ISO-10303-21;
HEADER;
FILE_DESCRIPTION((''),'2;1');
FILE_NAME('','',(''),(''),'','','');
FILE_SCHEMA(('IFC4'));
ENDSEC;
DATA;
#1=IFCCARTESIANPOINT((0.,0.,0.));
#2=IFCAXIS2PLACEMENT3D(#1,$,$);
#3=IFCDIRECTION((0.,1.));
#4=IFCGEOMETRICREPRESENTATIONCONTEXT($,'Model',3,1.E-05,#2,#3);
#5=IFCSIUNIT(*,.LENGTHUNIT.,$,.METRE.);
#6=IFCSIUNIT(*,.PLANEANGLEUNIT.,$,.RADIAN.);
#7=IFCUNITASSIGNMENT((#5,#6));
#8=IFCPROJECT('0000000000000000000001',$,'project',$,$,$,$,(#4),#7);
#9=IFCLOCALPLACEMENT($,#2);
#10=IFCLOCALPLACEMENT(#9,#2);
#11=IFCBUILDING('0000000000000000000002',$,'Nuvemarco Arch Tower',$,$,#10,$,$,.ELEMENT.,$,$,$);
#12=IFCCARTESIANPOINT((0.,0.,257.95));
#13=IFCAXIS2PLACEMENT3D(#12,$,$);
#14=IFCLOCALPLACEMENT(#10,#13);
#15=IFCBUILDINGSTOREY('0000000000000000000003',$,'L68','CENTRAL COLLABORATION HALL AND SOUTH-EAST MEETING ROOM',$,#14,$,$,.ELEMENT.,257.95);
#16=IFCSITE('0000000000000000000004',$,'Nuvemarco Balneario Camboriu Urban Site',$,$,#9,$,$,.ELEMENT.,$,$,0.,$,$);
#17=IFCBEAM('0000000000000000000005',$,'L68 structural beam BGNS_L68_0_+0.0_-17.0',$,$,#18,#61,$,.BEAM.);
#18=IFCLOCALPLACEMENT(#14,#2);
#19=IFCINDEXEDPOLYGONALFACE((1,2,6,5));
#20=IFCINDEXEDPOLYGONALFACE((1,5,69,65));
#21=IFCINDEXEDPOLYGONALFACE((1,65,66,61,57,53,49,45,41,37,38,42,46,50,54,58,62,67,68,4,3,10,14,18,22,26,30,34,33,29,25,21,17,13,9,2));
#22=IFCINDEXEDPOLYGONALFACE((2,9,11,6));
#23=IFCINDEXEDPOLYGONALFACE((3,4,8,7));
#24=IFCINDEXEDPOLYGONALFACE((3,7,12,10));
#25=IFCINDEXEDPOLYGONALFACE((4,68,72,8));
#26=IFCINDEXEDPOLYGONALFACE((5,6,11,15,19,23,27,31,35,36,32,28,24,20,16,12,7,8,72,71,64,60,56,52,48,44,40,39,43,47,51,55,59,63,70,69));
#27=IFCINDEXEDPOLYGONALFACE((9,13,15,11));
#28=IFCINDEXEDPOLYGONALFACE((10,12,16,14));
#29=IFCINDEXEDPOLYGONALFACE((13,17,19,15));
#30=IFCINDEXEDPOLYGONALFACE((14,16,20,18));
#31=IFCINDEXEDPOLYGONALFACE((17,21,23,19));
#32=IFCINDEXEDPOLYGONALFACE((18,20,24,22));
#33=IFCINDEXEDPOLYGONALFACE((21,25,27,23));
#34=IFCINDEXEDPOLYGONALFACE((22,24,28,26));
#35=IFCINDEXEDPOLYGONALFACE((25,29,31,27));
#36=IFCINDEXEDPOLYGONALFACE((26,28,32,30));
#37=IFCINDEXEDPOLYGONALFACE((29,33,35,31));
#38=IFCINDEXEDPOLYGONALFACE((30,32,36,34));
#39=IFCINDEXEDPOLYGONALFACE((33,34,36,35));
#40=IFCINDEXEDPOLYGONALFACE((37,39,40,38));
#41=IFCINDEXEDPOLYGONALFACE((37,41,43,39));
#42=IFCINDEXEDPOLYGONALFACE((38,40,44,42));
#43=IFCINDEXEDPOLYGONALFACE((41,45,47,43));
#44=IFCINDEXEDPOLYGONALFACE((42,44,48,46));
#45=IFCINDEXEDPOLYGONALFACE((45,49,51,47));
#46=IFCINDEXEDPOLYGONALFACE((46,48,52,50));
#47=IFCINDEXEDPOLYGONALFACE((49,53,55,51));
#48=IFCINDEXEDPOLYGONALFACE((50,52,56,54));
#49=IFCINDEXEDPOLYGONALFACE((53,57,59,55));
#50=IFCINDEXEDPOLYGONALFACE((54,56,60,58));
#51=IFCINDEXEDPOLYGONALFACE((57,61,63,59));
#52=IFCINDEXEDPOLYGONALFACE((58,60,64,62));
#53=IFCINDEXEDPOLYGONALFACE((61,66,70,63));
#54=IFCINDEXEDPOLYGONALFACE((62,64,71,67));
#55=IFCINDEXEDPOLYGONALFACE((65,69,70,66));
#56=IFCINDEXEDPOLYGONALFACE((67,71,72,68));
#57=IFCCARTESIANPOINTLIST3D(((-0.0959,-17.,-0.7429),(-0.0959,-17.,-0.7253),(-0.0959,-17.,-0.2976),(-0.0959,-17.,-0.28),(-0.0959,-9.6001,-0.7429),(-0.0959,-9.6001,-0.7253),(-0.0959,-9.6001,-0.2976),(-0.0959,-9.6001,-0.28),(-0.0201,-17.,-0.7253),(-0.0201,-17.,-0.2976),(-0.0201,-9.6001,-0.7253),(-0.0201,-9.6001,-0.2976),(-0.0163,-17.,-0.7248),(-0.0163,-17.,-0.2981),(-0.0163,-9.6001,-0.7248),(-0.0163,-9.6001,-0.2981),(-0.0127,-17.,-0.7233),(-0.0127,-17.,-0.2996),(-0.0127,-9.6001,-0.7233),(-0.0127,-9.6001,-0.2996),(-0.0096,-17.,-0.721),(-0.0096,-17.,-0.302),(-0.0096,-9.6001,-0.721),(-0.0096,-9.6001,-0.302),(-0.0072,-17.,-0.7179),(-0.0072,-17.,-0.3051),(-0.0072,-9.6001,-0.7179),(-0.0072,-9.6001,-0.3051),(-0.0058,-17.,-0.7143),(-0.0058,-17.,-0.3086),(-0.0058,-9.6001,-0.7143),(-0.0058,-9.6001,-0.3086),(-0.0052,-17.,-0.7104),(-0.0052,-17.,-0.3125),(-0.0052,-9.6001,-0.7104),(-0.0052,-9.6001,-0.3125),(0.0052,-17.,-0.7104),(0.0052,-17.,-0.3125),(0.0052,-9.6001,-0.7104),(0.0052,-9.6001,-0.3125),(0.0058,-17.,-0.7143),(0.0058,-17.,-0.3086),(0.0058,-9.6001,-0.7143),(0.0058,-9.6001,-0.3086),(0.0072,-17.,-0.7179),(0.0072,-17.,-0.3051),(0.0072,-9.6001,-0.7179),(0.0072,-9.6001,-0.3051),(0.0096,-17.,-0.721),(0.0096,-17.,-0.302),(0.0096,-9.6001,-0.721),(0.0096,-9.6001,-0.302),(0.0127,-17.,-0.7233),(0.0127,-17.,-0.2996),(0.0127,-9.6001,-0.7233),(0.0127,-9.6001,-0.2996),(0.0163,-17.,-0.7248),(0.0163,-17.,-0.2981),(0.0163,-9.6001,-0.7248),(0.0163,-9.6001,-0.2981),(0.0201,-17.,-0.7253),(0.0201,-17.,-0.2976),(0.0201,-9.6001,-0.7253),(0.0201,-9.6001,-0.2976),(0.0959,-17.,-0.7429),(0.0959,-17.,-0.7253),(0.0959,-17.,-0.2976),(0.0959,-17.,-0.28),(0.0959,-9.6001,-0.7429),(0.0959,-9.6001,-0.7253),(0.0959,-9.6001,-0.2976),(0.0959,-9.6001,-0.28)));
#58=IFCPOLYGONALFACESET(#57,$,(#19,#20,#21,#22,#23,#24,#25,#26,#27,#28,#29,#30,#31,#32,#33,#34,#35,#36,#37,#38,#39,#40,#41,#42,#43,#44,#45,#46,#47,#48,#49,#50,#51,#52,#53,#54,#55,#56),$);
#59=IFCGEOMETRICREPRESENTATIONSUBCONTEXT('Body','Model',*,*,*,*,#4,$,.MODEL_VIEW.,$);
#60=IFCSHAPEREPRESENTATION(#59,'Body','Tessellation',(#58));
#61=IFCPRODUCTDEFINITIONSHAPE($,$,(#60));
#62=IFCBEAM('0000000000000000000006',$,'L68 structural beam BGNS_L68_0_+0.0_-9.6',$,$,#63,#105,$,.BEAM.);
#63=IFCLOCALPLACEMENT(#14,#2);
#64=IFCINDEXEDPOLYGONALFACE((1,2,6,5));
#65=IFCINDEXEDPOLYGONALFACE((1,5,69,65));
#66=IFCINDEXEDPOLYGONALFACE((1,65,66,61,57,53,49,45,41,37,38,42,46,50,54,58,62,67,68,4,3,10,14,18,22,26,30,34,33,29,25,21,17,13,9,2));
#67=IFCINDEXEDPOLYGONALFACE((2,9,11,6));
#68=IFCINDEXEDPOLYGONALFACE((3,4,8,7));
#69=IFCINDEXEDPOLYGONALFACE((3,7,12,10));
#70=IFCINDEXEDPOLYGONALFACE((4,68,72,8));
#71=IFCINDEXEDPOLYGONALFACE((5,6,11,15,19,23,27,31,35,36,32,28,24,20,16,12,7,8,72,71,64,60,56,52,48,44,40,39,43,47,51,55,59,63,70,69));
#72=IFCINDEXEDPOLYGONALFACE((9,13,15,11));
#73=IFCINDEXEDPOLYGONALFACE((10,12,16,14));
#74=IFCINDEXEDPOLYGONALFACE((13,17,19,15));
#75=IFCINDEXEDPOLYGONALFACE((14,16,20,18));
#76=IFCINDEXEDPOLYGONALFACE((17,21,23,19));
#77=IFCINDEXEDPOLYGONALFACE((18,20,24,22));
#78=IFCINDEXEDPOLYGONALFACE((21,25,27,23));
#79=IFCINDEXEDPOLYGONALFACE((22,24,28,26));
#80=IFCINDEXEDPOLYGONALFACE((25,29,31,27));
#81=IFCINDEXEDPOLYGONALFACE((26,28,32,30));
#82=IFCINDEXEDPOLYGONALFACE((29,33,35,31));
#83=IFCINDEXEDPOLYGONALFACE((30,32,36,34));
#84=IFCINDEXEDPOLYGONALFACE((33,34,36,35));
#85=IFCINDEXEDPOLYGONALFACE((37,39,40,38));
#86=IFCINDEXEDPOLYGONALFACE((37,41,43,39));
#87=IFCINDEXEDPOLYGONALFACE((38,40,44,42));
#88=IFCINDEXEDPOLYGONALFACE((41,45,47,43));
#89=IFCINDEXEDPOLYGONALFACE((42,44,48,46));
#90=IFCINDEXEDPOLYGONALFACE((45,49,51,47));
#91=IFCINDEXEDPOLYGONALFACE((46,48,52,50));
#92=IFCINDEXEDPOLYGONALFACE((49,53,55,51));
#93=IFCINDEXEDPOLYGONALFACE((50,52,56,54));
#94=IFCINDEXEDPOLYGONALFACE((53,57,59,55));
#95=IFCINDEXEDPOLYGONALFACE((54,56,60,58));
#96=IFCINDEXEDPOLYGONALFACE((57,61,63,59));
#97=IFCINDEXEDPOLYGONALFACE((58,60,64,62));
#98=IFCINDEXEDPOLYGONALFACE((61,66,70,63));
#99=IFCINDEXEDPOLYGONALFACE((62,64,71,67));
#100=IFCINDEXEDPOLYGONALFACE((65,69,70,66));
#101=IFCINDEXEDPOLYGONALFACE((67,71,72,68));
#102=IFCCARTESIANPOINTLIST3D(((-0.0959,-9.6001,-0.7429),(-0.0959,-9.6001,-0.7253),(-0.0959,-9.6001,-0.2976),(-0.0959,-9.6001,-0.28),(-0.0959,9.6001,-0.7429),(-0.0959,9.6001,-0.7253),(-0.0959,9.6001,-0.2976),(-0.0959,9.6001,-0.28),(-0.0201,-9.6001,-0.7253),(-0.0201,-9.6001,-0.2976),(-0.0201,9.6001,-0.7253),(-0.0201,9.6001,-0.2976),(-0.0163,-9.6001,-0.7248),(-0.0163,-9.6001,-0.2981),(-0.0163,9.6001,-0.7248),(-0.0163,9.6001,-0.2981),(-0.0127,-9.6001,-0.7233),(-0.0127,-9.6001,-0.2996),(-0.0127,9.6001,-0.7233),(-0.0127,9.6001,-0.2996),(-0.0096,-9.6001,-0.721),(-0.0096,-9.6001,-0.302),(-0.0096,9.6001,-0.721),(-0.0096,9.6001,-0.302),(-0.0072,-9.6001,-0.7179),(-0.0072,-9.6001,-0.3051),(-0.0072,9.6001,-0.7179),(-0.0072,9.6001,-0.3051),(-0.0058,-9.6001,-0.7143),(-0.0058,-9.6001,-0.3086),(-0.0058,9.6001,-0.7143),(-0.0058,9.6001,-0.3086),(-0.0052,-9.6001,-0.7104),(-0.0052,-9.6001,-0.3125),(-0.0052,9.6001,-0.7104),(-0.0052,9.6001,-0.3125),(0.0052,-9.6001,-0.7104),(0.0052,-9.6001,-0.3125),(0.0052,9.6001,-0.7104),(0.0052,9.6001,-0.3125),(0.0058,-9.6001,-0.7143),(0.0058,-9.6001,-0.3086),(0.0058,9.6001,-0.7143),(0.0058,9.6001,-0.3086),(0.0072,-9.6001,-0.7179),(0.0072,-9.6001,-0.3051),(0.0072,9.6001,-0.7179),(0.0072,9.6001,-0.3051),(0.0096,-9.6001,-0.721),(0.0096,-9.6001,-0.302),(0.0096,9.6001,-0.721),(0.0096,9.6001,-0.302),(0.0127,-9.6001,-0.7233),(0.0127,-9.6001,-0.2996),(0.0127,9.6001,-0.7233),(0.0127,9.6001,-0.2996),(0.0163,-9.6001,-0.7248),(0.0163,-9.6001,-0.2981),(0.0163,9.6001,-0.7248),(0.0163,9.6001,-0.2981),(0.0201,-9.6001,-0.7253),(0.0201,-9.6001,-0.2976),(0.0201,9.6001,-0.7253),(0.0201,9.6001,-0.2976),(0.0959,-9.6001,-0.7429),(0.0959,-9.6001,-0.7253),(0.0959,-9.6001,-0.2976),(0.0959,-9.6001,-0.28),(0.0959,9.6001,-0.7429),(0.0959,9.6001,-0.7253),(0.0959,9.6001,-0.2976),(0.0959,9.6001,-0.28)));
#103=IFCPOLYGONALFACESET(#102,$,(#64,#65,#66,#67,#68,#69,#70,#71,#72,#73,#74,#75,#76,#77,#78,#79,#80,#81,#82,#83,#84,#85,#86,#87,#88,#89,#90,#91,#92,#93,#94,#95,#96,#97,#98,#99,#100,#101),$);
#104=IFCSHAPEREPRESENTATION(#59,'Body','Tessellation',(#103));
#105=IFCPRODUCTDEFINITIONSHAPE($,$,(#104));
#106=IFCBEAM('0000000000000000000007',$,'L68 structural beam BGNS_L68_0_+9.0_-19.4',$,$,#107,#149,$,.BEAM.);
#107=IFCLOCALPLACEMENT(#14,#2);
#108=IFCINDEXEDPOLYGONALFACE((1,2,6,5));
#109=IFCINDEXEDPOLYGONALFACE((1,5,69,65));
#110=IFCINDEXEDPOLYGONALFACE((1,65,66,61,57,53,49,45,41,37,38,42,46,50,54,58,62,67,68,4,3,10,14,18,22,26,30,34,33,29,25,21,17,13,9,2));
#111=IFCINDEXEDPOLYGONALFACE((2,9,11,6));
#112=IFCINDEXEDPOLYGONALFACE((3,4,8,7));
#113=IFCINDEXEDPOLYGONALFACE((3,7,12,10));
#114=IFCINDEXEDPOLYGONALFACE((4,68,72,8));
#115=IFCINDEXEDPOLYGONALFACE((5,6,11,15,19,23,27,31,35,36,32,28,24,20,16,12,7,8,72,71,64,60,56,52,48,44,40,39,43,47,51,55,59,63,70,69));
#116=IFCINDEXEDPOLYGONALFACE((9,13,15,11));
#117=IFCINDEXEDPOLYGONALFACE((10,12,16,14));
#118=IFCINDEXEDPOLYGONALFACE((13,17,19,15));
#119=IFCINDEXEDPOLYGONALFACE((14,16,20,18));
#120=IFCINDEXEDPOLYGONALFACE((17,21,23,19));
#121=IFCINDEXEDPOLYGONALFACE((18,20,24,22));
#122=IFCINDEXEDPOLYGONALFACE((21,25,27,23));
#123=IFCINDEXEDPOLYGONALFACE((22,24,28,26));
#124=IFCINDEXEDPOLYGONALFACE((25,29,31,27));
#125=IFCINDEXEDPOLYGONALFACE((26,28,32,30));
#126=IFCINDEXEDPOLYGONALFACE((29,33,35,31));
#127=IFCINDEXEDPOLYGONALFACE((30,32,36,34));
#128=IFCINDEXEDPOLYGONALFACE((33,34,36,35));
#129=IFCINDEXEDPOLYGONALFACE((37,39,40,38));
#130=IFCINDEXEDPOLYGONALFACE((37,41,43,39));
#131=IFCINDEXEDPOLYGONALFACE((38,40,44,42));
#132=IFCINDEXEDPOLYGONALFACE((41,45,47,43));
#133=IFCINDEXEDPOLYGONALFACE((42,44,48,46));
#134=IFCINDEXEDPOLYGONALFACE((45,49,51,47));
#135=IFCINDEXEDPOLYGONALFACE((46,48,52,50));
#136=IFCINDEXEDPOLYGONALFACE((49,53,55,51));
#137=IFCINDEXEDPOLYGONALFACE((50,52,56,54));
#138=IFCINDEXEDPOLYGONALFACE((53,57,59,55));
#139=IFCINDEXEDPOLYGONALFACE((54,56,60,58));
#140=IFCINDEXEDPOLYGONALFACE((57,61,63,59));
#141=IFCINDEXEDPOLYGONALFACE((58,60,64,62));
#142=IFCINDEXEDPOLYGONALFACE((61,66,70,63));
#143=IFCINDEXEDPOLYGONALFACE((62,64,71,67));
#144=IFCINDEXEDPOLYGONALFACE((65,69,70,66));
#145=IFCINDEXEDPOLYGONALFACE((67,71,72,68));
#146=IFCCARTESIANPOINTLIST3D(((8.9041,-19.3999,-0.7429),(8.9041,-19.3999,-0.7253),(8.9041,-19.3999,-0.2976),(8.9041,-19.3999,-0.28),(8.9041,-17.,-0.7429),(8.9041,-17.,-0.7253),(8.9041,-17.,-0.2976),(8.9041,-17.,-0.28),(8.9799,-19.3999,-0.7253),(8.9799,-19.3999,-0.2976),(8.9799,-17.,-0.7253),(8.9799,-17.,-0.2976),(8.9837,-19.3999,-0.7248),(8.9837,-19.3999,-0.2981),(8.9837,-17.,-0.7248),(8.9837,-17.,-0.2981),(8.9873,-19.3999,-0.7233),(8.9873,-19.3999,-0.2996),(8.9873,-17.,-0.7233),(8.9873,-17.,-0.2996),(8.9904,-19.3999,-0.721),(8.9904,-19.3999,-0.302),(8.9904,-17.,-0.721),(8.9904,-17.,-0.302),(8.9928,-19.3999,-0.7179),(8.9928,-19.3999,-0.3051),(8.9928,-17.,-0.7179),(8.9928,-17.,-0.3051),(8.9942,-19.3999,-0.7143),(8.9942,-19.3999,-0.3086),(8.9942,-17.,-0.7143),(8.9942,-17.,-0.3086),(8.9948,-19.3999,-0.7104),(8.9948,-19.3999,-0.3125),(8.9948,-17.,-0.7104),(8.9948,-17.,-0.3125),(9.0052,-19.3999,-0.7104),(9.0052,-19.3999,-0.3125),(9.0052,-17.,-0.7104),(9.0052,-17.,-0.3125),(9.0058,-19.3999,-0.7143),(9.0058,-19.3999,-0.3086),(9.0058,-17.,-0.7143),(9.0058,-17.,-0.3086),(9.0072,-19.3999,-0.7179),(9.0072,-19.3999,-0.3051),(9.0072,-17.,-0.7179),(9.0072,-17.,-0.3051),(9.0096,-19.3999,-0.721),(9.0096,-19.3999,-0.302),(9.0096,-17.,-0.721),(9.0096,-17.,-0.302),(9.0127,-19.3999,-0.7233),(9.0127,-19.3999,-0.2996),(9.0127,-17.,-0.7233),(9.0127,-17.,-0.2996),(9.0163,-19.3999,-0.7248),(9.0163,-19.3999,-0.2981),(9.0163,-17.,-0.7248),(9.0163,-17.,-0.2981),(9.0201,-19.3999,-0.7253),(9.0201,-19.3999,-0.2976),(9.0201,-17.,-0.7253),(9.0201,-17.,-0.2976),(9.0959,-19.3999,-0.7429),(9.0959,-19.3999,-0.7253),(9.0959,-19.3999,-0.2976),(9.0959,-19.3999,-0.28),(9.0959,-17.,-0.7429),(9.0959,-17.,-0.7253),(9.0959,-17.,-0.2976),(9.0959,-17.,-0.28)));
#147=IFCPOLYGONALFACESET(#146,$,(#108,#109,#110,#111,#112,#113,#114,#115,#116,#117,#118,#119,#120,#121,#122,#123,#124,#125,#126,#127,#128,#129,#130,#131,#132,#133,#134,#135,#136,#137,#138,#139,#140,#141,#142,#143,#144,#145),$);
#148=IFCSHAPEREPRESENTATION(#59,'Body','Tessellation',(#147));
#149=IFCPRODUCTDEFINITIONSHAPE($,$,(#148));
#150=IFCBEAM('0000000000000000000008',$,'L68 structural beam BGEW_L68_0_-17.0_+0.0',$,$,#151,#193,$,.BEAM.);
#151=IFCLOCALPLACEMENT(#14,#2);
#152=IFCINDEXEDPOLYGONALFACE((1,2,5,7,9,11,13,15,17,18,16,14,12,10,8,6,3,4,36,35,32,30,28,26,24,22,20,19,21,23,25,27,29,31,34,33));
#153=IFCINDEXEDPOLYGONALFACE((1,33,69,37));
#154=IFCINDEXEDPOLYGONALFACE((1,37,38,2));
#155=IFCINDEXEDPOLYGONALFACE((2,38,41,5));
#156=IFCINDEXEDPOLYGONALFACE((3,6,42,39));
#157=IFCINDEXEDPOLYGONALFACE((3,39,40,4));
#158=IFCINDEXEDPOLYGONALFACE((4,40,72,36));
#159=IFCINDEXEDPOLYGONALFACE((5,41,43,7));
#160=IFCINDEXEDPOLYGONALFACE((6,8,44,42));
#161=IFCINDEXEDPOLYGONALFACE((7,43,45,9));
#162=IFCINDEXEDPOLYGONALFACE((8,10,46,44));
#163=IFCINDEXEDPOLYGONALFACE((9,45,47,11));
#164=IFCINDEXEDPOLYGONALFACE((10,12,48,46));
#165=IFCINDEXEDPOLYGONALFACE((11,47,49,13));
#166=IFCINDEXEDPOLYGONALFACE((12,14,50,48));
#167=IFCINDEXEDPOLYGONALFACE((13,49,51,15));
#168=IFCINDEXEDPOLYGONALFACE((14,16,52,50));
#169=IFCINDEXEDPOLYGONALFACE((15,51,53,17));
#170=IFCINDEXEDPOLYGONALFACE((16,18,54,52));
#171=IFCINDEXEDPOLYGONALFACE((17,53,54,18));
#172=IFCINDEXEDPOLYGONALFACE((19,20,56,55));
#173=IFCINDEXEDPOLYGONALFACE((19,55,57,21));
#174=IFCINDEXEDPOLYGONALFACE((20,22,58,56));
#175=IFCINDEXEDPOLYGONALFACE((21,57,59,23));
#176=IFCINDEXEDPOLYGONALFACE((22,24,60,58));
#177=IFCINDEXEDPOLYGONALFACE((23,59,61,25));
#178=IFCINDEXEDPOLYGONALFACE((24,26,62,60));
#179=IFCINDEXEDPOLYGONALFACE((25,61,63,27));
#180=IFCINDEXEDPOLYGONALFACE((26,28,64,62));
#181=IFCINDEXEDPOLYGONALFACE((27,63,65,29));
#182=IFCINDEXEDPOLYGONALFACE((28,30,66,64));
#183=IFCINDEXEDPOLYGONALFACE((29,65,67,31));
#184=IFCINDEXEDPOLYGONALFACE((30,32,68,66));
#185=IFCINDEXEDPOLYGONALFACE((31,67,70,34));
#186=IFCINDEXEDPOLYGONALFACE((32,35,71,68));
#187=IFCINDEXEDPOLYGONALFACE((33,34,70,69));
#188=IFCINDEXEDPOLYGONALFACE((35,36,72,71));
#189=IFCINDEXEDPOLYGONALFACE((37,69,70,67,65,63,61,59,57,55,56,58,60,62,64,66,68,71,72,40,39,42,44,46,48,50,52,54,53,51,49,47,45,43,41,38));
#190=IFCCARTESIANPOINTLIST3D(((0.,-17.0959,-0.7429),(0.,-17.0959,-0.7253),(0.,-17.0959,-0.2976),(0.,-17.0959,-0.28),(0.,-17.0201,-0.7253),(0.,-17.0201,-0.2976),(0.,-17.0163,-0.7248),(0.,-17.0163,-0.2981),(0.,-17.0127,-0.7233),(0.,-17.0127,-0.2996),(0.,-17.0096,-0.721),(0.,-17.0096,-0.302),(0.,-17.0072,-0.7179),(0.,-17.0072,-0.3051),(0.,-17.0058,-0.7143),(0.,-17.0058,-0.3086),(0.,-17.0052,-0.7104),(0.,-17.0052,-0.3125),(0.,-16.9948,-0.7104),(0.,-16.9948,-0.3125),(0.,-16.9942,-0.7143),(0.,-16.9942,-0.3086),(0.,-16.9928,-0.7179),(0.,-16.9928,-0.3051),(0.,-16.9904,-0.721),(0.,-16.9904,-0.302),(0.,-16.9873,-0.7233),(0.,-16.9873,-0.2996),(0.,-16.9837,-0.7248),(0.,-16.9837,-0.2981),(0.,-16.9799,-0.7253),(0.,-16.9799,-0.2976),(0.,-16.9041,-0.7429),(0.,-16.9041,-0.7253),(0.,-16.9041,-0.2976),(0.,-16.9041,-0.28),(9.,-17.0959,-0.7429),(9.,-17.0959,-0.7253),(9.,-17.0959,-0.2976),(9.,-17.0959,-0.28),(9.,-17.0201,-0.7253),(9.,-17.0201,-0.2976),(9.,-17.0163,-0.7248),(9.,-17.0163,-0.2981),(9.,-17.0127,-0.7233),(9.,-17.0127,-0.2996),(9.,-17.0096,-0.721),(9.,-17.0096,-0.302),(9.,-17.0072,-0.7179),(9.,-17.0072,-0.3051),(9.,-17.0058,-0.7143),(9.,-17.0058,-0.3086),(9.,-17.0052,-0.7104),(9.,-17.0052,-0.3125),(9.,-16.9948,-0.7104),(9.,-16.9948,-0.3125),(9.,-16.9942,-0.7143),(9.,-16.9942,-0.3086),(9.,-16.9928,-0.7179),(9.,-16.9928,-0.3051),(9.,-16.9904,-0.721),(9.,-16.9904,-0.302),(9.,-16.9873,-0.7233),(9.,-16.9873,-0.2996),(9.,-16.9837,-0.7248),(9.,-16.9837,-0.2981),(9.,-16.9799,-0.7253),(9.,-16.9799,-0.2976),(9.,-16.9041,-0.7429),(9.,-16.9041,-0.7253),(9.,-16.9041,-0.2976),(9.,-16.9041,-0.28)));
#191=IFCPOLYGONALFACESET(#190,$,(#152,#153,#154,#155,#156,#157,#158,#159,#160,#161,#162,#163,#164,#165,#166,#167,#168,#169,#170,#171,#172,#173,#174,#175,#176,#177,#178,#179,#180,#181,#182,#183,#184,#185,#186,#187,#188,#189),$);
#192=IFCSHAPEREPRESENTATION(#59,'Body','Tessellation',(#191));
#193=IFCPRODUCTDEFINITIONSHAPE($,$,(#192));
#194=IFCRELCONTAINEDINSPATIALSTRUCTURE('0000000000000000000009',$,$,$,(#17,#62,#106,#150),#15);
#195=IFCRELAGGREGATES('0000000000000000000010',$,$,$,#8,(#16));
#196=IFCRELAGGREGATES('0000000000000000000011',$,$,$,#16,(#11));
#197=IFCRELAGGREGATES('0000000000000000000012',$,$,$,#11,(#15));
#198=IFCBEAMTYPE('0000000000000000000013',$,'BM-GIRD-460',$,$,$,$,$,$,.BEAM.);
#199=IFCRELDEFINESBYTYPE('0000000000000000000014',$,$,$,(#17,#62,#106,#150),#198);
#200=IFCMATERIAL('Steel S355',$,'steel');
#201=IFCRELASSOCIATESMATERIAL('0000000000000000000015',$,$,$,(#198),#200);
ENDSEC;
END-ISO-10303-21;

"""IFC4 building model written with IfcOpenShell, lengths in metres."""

from ifc_helpers import new_model, si_unit, direction, frame, origin, origin_2d, place, context, subcontext, project, spatial, i_section, extrude, material, material_profile, profile_set, type_object, element, save


model = new_model("IFC4")

# Units and contexts
model_context = context("Model", 3, precision=1e-05, world=origin(), true_north=direction((0.0, 1.0)))
body_context = subcontext(model_context, "Body", "Model", "MODEL_VIEW")
ifc_project = project(units=[si_unit("LENGTHUNIT", "METRE"), si_unit("PLANEANGLEUNIT", "RADIAN")], contexts=[model_context])

# Site, building, storey
site_placement = place(None, origin())
site = spatial("IfcSite", under=ifc_project, at=site_placement, Name="Nuvemarco Balneario Camboriu Urban Site", CompositionType="ELEMENT", RefElevation=0.0)
building_placement = place(site_placement, origin())
building = spatial("IfcBuilding", under=site, at=building_placement, Name="Nuvemarco Arch Tower", CompositionType="ELEMENT")
storey_placement = place(building_placement, frame((0.0, 0.0, 257.95)))
storey = spatial("IfcBuildingStorey", under=building, at=storey_placement, Name="L68", Description="CENTRAL COLLABORATION HALL AND SOUTH-EAST MEETING ROOM", CompositionType="ELEMENT", Elevation=257.95)

# Shared definitions
ifc_material_1 = material(Name="Steel S355", Category="steel")

# Beams
ifc_material_profile_1 = material_profile(ifc_material_1, i_section(OverallWidth=0.1919, OverallDepth=0.4629, WebThickness=0.0105, FlangeThickness=0.0176, FilletRadius=0.0149, at=origin_2d()), Name="W460x89")
ifc_profile_set_1 = profile_set([ifc_material_profile_1], Name="Steel S355")
beam_type_1 = type_object("IfcBeamType", Name="BM-GIRD-460", PredefinedType="BEAM", material=ifc_profile_set_1)
beam_1_placement = place(storey_placement, frame((0.0, -17.0, -0.5115), z_axis=(0.0, 1.0, 0.0), x_axis=(-1.0, 0.0, 0.0)))
element("IfcBeam", 1, at=beam_1_placement, inside=storey, type_object=beam_type_1, Name="L68 structural beam BGNS_L68_0_+0.0_-17.0", PredefinedType="BEAM", context=body_context, shape_type="SweptSolid", body=[
    extrude(i_section(OverallWidth=0.1919, OverallDepth=0.4629, WebThickness=0.0105, FlangeThickness=0.0176, FilletRadius=0.0149, at=origin_2d()), origin(), (0.0, 0.0, 1.0), 7.3999),
])
beam_2_placement = place(storey_placement, frame((0.0, -9.6001, -0.5115), z_axis=(0.0, 1.0, 0.0), x_axis=(-1.0, 0.0, 0.0)))
element("IfcBeam", 2, at=beam_2_placement, inside=storey, type_object=beam_type_1, Name="L68 structural beam BGNS_L68_0_+0.0_-9.6", PredefinedType="BEAM", context=body_context, shape_type="SweptSolid", body=[
    extrude(i_section(OverallWidth=0.1919, OverallDepth=0.4629, WebThickness=0.0105, FlangeThickness=0.0176, FilletRadius=0.0149, at=origin_2d()), origin(), (0.0, 0.0, 1.0), 19.2002),
])
beam_3_placement = place(storey_placement, frame((9.0, -19.3999, -0.5115), z_axis=(0.0, 1.0, 0.0), x_axis=(-1.0, 0.0, 0.0)))
element("IfcBeam", 3, at=beam_3_placement, inside=storey, type_object=beam_type_1, Name="L68 structural beam BGNS_L68_0_+9.0_-19.4", PredefinedType="BEAM", context=body_context, shape_type="SweptSolid", body=[
    extrude(i_section(OverallWidth=0.1919, OverallDepth=0.4629, WebThickness=0.0105, FlangeThickness=0.0176, FilletRadius=0.0149, at=origin_2d()), origin(), (0.0, 0.0, 1.0), 2.3999),
])
beam_4_placement = place(storey_placement, frame((0.0, -17.0, -0.5115), z_axis=(1.0, 0.0, 0.0), x_axis=(0.0, 1.0, 0.0)))
element("IfcBeam", 4, at=beam_4_placement, inside=storey, type_object=beam_type_1, Name="L68 structural beam BGEW_L68_0_-17.0_+0.0", PredefinedType="BEAM", context=body_context, shape_type="SweptSolid", body=[
    extrude(i_section(OverallWidth=0.1919, OverallDepth=0.4629, WebThickness=0.0105, FlangeThickness=0.0176, FilletRadius=0.0149, at=origin_2d()), origin(), (0.0, 0.0, 1.0), 9.0),
])

save(model, "model.ifc")
